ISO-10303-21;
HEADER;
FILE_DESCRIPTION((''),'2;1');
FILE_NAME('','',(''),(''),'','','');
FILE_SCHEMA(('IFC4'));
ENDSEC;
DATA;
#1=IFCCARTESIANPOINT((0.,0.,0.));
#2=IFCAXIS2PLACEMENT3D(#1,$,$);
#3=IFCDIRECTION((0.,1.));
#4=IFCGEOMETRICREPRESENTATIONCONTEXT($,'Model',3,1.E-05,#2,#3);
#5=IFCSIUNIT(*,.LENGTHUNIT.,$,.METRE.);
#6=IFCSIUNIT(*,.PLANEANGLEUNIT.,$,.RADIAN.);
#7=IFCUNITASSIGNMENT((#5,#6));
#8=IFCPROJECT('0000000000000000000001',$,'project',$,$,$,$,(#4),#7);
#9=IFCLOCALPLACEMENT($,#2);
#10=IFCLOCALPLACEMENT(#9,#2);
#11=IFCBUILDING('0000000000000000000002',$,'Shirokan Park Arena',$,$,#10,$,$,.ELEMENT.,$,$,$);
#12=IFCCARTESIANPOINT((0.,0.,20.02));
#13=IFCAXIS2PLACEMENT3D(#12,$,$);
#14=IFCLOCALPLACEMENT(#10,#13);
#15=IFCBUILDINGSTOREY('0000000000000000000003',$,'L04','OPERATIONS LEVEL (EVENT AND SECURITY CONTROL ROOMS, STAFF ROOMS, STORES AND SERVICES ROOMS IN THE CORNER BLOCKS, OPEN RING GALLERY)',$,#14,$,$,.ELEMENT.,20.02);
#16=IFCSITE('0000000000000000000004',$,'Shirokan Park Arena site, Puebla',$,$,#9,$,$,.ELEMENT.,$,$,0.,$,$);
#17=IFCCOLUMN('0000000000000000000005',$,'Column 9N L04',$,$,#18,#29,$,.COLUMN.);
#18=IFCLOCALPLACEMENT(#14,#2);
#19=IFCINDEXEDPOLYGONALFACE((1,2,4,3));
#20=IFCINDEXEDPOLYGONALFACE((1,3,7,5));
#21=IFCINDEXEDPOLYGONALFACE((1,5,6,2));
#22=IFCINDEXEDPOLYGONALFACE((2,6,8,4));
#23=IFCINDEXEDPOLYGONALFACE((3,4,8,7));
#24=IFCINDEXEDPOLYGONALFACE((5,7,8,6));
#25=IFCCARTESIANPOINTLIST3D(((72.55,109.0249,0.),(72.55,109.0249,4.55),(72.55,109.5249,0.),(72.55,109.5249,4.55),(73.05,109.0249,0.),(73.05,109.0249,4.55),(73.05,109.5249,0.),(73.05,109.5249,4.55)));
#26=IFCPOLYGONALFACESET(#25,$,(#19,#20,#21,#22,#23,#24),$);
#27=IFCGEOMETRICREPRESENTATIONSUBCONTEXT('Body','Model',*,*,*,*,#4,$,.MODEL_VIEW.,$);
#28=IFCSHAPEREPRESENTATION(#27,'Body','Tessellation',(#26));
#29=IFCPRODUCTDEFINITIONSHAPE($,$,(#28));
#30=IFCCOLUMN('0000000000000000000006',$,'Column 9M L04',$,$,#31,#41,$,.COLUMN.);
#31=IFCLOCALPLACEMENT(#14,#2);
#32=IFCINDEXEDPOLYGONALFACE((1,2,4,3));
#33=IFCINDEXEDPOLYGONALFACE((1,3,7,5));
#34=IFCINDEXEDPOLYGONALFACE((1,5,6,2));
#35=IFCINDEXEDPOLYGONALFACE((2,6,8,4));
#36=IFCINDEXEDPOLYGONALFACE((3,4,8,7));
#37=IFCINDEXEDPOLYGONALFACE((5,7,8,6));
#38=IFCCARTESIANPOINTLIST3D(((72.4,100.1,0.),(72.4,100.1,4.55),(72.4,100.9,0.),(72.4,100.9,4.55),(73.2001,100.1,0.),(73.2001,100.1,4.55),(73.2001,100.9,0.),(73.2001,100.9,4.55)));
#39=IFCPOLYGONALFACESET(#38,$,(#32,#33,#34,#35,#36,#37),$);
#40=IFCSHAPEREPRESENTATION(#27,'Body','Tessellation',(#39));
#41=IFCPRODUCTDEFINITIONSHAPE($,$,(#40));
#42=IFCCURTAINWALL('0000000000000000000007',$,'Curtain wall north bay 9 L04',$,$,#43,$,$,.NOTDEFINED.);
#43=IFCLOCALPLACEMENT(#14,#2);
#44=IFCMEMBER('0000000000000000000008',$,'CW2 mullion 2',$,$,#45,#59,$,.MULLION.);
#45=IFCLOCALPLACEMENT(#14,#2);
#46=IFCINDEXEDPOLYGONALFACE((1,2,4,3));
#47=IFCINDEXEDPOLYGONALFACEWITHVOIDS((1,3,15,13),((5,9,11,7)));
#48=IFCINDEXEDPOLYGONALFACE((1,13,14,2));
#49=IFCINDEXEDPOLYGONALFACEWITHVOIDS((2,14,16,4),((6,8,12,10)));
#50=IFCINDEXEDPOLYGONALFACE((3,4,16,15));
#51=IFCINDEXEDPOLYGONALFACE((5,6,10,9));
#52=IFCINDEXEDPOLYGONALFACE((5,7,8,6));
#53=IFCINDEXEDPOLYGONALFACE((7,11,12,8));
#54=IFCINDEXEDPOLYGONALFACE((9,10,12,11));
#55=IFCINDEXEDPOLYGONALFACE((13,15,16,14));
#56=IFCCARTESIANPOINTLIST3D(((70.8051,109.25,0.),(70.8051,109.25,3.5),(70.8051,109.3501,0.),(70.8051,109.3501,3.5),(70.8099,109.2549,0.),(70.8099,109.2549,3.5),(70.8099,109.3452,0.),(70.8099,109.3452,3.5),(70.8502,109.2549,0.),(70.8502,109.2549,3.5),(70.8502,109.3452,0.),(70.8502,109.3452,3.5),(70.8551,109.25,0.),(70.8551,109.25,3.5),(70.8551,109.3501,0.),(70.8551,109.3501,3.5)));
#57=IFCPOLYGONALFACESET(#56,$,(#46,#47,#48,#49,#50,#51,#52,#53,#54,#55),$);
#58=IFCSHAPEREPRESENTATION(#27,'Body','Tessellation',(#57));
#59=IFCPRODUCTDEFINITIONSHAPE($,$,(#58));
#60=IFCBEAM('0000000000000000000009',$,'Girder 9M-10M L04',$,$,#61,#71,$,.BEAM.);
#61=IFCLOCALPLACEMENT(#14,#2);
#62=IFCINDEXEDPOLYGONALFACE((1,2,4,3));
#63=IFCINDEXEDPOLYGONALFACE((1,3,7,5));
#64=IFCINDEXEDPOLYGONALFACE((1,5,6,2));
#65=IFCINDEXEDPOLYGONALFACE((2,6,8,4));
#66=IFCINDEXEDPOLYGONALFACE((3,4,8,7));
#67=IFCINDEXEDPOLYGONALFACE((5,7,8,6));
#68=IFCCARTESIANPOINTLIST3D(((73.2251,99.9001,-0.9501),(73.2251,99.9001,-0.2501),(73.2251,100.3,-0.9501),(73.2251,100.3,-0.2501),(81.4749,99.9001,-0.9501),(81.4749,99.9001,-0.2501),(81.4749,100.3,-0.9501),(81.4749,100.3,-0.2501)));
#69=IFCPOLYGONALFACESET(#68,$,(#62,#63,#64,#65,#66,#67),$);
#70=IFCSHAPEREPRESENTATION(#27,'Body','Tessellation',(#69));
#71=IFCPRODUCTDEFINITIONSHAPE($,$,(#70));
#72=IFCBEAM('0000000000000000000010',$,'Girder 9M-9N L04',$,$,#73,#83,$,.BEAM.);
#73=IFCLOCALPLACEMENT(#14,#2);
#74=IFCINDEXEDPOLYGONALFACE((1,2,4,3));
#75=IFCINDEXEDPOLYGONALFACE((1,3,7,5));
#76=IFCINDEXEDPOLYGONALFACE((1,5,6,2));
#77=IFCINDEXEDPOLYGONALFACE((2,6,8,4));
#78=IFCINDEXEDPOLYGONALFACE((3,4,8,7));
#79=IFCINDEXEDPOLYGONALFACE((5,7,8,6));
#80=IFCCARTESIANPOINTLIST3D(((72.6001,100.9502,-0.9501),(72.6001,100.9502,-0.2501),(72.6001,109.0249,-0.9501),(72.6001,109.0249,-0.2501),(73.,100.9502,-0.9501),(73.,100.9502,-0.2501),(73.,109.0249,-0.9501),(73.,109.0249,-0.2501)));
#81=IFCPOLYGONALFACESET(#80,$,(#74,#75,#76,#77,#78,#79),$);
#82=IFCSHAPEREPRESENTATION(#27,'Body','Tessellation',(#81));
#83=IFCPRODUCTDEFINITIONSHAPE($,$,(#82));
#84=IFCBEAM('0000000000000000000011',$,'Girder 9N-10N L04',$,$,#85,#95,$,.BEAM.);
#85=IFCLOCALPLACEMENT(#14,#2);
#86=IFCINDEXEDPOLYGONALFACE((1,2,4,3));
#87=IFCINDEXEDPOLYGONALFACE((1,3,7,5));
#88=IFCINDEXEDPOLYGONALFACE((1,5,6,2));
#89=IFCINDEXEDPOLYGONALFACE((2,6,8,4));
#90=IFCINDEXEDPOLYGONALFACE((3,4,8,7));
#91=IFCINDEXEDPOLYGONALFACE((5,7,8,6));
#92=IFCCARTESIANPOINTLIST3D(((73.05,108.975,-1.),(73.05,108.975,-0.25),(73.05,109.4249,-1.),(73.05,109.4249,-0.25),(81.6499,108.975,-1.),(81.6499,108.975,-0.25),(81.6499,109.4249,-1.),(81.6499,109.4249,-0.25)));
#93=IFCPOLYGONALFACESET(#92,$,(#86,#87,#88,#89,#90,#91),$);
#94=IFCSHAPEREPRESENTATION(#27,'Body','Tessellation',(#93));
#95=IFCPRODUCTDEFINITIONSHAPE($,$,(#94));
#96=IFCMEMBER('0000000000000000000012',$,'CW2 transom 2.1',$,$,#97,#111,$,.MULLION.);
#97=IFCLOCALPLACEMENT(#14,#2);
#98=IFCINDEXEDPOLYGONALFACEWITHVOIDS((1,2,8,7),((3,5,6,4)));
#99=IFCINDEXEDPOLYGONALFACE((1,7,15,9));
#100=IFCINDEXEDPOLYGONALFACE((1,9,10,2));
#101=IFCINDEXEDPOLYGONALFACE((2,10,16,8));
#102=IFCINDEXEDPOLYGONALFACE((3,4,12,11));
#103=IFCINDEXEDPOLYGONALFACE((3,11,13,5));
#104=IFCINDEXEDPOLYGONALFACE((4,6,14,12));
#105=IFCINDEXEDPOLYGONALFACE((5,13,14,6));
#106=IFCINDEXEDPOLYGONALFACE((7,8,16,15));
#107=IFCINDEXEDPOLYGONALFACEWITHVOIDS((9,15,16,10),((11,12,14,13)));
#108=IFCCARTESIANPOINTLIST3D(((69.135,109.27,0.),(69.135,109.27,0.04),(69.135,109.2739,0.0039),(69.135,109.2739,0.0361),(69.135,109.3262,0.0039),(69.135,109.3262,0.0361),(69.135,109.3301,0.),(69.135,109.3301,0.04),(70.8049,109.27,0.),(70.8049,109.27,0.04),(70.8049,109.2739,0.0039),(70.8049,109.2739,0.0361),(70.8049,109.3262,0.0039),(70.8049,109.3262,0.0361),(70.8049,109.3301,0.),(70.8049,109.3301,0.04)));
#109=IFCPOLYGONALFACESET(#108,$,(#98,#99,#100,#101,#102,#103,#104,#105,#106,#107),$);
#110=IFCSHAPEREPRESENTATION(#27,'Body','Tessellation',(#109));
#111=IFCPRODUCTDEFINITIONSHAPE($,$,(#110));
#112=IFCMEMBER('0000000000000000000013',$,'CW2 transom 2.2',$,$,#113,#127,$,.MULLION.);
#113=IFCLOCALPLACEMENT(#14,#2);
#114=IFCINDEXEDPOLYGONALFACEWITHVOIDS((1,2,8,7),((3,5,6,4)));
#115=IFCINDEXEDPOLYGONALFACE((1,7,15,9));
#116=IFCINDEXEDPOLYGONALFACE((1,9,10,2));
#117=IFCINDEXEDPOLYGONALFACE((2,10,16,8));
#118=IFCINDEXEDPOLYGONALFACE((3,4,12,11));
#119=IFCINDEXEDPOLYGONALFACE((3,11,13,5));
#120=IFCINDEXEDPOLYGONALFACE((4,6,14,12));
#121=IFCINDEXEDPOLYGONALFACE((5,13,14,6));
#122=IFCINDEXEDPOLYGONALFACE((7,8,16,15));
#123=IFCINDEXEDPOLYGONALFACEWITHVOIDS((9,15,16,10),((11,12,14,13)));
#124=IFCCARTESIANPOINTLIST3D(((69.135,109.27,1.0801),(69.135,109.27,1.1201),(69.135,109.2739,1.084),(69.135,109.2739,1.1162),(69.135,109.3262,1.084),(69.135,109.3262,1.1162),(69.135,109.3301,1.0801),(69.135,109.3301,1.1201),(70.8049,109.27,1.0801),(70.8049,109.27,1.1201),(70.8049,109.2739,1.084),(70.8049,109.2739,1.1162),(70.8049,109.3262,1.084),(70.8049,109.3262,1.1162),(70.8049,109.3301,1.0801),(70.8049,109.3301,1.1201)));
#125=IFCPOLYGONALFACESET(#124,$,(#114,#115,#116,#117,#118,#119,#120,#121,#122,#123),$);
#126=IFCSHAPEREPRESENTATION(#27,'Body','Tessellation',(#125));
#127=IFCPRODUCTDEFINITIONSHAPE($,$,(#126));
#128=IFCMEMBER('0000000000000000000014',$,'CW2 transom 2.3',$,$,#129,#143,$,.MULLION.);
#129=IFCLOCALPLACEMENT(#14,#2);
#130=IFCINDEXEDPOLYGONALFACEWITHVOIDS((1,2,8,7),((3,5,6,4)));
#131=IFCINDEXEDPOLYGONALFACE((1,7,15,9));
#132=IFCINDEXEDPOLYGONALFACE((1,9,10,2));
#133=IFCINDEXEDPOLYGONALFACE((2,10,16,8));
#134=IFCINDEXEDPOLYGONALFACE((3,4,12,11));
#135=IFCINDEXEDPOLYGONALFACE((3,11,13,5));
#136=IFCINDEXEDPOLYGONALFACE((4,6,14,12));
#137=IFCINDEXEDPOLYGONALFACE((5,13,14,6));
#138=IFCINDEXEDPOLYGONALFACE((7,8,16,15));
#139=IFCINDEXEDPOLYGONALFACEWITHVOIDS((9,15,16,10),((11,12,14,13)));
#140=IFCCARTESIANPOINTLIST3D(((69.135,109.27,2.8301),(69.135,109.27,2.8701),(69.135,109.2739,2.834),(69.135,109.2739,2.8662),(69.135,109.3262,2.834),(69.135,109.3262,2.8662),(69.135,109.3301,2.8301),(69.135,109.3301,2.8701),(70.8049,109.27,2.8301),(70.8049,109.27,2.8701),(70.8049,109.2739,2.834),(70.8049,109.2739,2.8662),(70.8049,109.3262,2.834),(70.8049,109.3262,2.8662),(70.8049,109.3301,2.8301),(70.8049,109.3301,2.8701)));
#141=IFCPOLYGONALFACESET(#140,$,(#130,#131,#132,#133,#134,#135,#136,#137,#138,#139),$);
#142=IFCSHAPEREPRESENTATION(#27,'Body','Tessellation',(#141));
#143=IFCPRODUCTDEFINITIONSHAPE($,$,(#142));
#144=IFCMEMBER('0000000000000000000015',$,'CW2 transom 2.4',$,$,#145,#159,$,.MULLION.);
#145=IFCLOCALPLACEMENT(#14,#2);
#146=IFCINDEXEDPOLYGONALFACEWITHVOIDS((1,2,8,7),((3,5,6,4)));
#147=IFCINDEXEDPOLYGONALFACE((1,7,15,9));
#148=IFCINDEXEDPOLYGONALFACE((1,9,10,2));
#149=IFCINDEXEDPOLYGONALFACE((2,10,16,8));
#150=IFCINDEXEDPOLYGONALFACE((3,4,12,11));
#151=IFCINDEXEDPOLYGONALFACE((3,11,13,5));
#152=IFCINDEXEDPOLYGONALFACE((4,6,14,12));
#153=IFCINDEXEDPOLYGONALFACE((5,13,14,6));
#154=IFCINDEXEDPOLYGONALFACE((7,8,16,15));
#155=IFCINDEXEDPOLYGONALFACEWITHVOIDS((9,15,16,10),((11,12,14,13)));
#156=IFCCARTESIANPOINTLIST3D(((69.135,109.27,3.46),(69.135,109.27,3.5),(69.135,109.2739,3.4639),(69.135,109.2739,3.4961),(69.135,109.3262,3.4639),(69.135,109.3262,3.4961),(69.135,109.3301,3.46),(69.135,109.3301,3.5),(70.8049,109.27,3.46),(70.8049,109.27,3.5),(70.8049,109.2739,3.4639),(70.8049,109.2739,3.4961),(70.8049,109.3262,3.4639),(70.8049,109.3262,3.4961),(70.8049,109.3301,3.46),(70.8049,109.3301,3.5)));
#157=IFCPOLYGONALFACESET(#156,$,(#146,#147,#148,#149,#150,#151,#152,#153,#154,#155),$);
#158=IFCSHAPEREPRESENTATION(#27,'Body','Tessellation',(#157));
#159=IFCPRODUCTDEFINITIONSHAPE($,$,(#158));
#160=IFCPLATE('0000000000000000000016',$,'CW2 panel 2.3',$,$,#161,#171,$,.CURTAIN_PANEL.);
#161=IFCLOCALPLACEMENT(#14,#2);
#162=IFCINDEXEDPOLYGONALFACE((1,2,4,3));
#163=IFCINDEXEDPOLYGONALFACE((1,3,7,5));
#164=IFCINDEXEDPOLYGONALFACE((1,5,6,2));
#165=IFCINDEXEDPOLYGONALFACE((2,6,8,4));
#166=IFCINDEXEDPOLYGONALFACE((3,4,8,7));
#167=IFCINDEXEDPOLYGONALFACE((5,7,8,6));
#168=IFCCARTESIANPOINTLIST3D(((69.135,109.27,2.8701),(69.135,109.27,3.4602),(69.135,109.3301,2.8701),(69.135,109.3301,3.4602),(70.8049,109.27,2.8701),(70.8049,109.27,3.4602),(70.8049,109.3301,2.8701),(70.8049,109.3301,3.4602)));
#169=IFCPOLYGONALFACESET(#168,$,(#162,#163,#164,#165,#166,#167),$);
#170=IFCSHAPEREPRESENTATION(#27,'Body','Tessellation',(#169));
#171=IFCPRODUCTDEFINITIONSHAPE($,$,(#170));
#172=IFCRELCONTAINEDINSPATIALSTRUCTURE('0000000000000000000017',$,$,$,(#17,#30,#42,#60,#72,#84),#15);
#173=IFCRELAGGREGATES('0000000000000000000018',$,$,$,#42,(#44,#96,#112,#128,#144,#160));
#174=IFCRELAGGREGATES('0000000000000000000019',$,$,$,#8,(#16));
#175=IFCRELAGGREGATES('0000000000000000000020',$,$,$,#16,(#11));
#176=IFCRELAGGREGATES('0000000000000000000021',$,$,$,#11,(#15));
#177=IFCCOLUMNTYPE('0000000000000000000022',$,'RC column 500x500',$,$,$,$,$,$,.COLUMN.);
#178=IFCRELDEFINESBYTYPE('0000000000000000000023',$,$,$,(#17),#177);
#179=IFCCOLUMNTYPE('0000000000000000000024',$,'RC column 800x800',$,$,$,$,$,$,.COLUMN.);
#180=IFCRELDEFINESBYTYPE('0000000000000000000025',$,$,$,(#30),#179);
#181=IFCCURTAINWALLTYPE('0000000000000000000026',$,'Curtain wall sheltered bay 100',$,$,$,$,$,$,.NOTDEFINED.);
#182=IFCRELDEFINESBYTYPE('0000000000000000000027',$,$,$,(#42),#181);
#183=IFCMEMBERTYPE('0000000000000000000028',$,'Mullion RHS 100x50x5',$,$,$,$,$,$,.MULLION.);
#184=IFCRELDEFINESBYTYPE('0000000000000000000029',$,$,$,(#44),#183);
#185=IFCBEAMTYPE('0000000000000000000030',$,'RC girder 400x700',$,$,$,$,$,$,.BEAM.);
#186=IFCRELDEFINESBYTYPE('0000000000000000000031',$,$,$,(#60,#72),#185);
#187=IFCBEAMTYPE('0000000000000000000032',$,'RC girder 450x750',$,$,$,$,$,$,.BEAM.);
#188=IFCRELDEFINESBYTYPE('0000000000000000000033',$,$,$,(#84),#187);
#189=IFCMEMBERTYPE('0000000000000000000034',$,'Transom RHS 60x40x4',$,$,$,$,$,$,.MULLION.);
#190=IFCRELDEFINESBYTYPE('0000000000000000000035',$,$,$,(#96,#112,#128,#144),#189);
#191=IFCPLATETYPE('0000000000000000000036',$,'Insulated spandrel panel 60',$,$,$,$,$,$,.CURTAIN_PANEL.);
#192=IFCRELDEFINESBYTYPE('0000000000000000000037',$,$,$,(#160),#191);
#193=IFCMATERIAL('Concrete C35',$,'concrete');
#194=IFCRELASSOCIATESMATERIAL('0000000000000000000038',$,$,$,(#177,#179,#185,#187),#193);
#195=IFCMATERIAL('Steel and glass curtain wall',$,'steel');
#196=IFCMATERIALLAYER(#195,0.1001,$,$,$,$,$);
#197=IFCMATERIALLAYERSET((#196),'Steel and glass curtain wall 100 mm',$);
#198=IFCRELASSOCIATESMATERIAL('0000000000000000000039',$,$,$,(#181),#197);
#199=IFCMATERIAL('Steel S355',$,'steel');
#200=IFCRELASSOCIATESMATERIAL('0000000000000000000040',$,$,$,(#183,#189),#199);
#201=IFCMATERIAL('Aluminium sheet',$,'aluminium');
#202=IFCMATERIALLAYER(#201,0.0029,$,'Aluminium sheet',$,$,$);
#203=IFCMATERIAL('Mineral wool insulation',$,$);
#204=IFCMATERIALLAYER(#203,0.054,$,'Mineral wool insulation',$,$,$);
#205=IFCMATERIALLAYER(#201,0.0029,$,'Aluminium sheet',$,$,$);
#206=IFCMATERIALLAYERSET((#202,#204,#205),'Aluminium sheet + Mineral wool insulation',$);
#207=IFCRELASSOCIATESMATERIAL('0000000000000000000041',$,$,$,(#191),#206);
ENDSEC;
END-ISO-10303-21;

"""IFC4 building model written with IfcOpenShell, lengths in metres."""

from ifc_helpers import new_model, si_unit, direction, frame, origin, origin_2d, place, context, subcontext, project, spatial, rectangle, hollow_rectangle, extrude, material, layer, layer_set, material_profile, profile_set, type_object, element, aggregate, save


model = new_model("IFC4")

# Units and contexts
model_context = context("Model", 3, precision=1e-05, world=origin(), true_north=direction((0.0, 1.0)))
body_context = subcontext(model_context, "Body", "Model", "MODEL_VIEW")
ifc_project = project(units=[si_unit("LENGTHUNIT", "METRE"), si_unit("PLANEANGLEUNIT", "RADIAN")], contexts=[model_context])

# Site, building, storey
site_placement = place(None, origin())
site = spatial("IfcSite", under=ifc_project, at=site_placement, Name="Shirokan Park Arena site, Puebla", CompositionType="ELEMENT", RefElevation=0.0)
building_placement = place(site_placement, origin())
building = spatial("IfcBuilding", under=site, at=building_placement, Name="Shirokan Park Arena", CompositionType="ELEMENT")
storey_placement = place(building_placement, frame((0.0, 0.0, 20.02)))
storey = spatial("IfcBuildingStorey", under=building, at=storey_placement, Name="L04", Description="OPERATIONS LEVEL (EVENT AND SECURITY CONTROL ROOMS, STAFF ROOMS, STORES AND SERVICES ROOMS IN THE CORNER BLOCKS, OPEN RING GALLERY)", CompositionType="ELEMENT", Elevation=20.02)

# Columns
ifc_material_1 = material(Name="Concrete C35", Category="concrete")
ifc_material_profile_1 = material_profile(ifc_material_1, rectangle(XDim=0.5, YDim=0.5, at=origin_2d()), Name="500x500")
ifc_profile_set_1 = profile_set([ifc_material_profile_1], Name="Concrete C35")
column_type_1 = type_object("IfcColumnType", Name="RC column 500x500", PredefinedType="COLUMN", material=ifc_profile_set_1)
column_1_placement = place(storey_placement, frame((72.8, 109.2749, 0.0), z_axis=(0.0, 0.0, 1.0), x_axis=(1.0, 0.0, 0.0)))
element("IfcColumn", 1, at=column_1_placement, inside=storey, type_object=column_type_1, Name="Column 9N L04", PredefinedType="COLUMN", context=body_context, shape_type="SweptSolid", body=[
    extrude(rectangle(XDim=0.5, YDim=0.5, at=origin_2d()), origin(), (0.0, 0.0, 1.0), 4.55),
])
ifc_material_profile_2 = material_profile(ifc_material_1, rectangle(XDim=0.8, YDim=0.8, at=origin_2d()), Name="800x800")
ifc_profile_set_2 = profile_set([ifc_material_profile_2], Name="Concrete C35")
column_type_2 = type_object("IfcColumnType", Name="RC column 800x800", PredefinedType="COLUMN", material=ifc_profile_set_2)
column_2_placement = place(storey_placement, frame((72.8, 100.5, 0.0), z_axis=(0.0, 0.0, 1.0), x_axis=(1.0, 0.0, 0.0)))
element("IfcColumn", 2, at=column_2_placement, inside=storey, type_object=column_type_2, Name="Column 9M L04", PredefinedType="COLUMN", context=body_context, shape_type="SweptSolid", body=[
    extrude(rectangle(XDim=0.8, YDim=0.8, at=origin_2d()), origin(), (0.0, 0.0, 1.0), 4.55),
])

# Curtain wall, member
ifc_material_2 = material(Name="Steel and glass curtain wall", Category="steel")
ifc_layer_1 = layer(ifc_material_2, 0.1001)
ifc_layer_set_1 = layer_set([ifc_layer_1], Name="Steel and glass curtain wall 100 mm")
curtain_wall_type = type_object("IfcCurtainWallType", Name="Curtain wall sheltered bay 100", PredefinedType="NOTDEFINED", material=ifc_layer_set_1)
curtain_wall_placement = place(storey_placement, origin())
curtain_wall = element("IfcCurtainWall", 3, at=curtain_wall_placement, inside=storey, type_object=curtain_wall_type, Name="Curtain wall north bay 9 L04", PredefinedType="NOTDEFINED")
ifc_material_3 = material(Name="Steel S355", Category="steel")
ifc_material_profile_3 = material_profile(ifc_material_3, hollow_rectangle(XDim=0.1001, YDim=0.05, WallThickness=0.0049, at=origin_2d()), Name="RHS 100x50x5")
ifc_profile_set_3 = profile_set([ifc_material_profile_3], Name="Steel S355")
member_type_1 = type_object("IfcMemberType", Name="Mullion RHS 100x50x5", PredefinedType="MULLION", material=ifc_profile_set_3)
member_1_placement = place(storey_placement, frame((70.8301, 109.3, 0.0), z_axis=(0.0, 0.0, 1.0), x_axis=(0.0, -1.0, 0.0)))
member_1 = element("IfcMember", 4, at=member_1_placement, type_object=member_type_1, Name="CW2 mullion 2", PredefinedType="MULLION", context=body_context, shape_type="SweptSolid", body=[
    extrude(hollow_rectangle(XDim=0.1001, YDim=0.05, WallThickness=0.0049, at=origin_2d()), origin(), (0.0, 0.0, 1.0), 3.5),
])

# Beams
ifc_material_profile_4 = material_profile(ifc_material_1, rectangle(XDim=0.3999, YDim=0.7, at=origin_2d()), Name="400x700")
ifc_profile_set_4 = profile_set([ifc_material_profile_4], Name="Concrete C35")
beam_type_1 = type_object("IfcBeamType", Name="RC girder 400x700", PredefinedType="BEAM", material=ifc_profile_set_4)
beam_1_placement = place(storey_placement, frame((73.2251, 100.1001, -0.6001), z_axis=(1.0, 0.0, 0.0), x_axis=(0.0, 1.0, 0.0)))
element("IfcBeam", 5, at=beam_1_placement, inside=storey, type_object=beam_type_1, Name="Girder 9M-10M L04", PredefinedType="BEAM", context=body_context, shape_type="SweptSolid", body=[
    extrude(rectangle(XDim=0.3999, YDim=0.7, at=origin_2d()), origin(), (0.0, 0.0, 1.0), 8.2498),
])
beam_2_placement = place(storey_placement, frame((72.8, 100.9502, -0.6001), z_axis=(0.0, 1.0, 0.0), x_axis=(-1.0, 0.0, 0.0)))
element("IfcBeam", 6, at=beam_2_placement, inside=storey, type_object=beam_type_1, Name="Girder 9M-9N L04", PredefinedType="BEAM", context=body_context, shape_type="SweptSolid", body=[
    extrude(rectangle(XDim=0.3999, YDim=0.7, at=origin_2d()), origin(), (0.0, 0.0, 1.0), 8.0747),
])
ifc_material_profile_5 = material_profile(ifc_material_1, rectangle(XDim=0.45, YDim=0.75, at=origin_2d()), Name="450x750")
ifc_profile_set_5 = profile_set([ifc_material_profile_5], Name="Concrete C35")
beam_type_2 = type_object("IfcBeamType", Name="RC girder 450x750", PredefinedType="BEAM", material=ifc_profile_set_5)
beam_3_placement = place(storey_placement, frame((73.05, 109.2, -0.625), z_axis=(1.0, 0.0, 0.0), x_axis=(0.0, 1.0, 0.0)))
element("IfcBeam", 7, at=beam_3_placement, inside=storey, type_object=beam_type_2, Name="Girder 9N-10N L04", PredefinedType="BEAM", context=body_context, shape_type="SweptSolid", body=[
    extrude(rectangle(XDim=0.45, YDim=0.75, at=origin_2d()), origin(), (0.0, 0.0, 1.0), 8.5999),
])

# Members
ifc_material_profile_6 = material_profile(ifc_material_3, hollow_rectangle(XDim=0.0601, YDim=0.04, WallThickness=0.0039, at=origin_2d()), Name="RHS 60x40x4")
ifc_profile_set_6 = profile_set([ifc_material_profile_6], Name="Steel S355")
member_type_2 = type_object("IfcMemberType", Name="Transom RHS 60x40x4", PredefinedType="MULLION", material=ifc_profile_set_6)
member_2_placement = place(storey_placement, frame((70.8049, 109.3, 0.02), z_axis=(-1.0, 0.0, 0.0), x_axis=(0.0, -1.0, 0.0)))
member_2 = element("IfcMember", 8, at=member_2_placement, type_object=member_type_2, Name="CW2 transom 2.1", PredefinedType="MULLION", context=body_context, shape_type="SweptSolid", body=[
    extrude(hollow_rectangle(XDim=0.0601, YDim=0.04, WallThickness=0.0039, at=origin_2d()), origin(), (0.0, 0.0, 1.0), 1.6699),
])
member_3_placement = place(storey_placement, frame((70.8049, 109.3, 1.1001), z_axis=(-1.0, 0.0, 0.0), x_axis=(0.0, -1.0, 0.0)))
member_3 = element("IfcMember", 9, at=member_3_placement, type_object=member_type_2, Name="CW2 transom 2.2", PredefinedType="MULLION", context=body_context, shape_type="SweptSolid", body=[
    extrude(hollow_rectangle(XDim=0.0601, YDim=0.04, WallThickness=0.0039, at=origin_2d()), origin(), (0.0, 0.0, 1.0), 1.6699),
])
member_4_placement = place(storey_placement, frame((70.8049, 109.3, 2.8501), z_axis=(-1.0, 0.0, 0.0), x_axis=(0.0, -1.0, 0.0)))
member_4 = element("IfcMember", 10, at=member_4_placement, type_object=member_type_2, Name="CW2 transom 2.3", PredefinedType="MULLION", context=body_context, shape_type="SweptSolid", body=[
    extrude(hollow_rectangle(XDim=0.0601, YDim=0.04, WallThickness=0.0039, at=origin_2d()), origin(), (0.0, 0.0, 1.0), 1.6699),
])
member_5_placement = place(storey_placement, frame((70.8049, 109.3, 3.48), z_axis=(-1.0, 0.0, 0.0), x_axis=(0.0, -1.0, 0.0)))
member_5 = element("IfcMember", 11, at=member_5_placement, type_object=member_type_2, Name="CW2 transom 2.4", PredefinedType="MULLION", context=body_context, shape_type="SweptSolid", body=[
    extrude(hollow_rectangle(XDim=0.0601, YDim=0.04, WallThickness=0.0039, at=origin_2d()), origin(), (0.0, 0.0, 1.0), 1.6699),
])

# Plate
ifc_material_4 = material(Name="Aluminium sheet", Category="aluminium")
ifc_layer_2 = layer(ifc_material_4, 0.0029, Name="Aluminium sheet")
ifc_material_5 = material(Name="Mineral wool insulation")
ifc_layer_3 = layer(ifc_material_5, 0.054, Name="Mineral wool insulation")
ifc_layer_4 = layer(ifc_material_4, 0.0029, Name="Aluminium sheet")
ifc_layer_set_2 = layer_set([ifc_layer_2, ifc_layer_3, ifc_layer_4], Name="Aluminium sheet + Mineral wool insulation")
plate_type_1 = type_object("IfcPlateType", Name="Insulated spandrel panel 60", PredefinedType="CURTAIN_PANEL", material=ifc_layer_set_2)
plate_1_placement = place(storey_placement, frame((69.97, 109.3, 2.8701), z_axis=(0.0, 0.0, 1.0), x_axis=(-1.0, 0.0, 0.0)))
plate_1 = element("IfcPlate", 12, at=plate_1_placement, type_object=plate_type_1, Name="CW2 panel 2.3", PredefinedType="CURTAIN_PANEL", context=body_context, shape_type="SweptSolid", body=[
    extrude(rectangle(XDim=1.6699, YDim=0.0601, at=origin_2d()), origin(), (0.0, 0.0, 1.0), 0.5901),
])
aggregate(curtain_wall, [member_1, member_2, member_3, member_4, member_5, plate_1])

save(model, "model.ifc")
